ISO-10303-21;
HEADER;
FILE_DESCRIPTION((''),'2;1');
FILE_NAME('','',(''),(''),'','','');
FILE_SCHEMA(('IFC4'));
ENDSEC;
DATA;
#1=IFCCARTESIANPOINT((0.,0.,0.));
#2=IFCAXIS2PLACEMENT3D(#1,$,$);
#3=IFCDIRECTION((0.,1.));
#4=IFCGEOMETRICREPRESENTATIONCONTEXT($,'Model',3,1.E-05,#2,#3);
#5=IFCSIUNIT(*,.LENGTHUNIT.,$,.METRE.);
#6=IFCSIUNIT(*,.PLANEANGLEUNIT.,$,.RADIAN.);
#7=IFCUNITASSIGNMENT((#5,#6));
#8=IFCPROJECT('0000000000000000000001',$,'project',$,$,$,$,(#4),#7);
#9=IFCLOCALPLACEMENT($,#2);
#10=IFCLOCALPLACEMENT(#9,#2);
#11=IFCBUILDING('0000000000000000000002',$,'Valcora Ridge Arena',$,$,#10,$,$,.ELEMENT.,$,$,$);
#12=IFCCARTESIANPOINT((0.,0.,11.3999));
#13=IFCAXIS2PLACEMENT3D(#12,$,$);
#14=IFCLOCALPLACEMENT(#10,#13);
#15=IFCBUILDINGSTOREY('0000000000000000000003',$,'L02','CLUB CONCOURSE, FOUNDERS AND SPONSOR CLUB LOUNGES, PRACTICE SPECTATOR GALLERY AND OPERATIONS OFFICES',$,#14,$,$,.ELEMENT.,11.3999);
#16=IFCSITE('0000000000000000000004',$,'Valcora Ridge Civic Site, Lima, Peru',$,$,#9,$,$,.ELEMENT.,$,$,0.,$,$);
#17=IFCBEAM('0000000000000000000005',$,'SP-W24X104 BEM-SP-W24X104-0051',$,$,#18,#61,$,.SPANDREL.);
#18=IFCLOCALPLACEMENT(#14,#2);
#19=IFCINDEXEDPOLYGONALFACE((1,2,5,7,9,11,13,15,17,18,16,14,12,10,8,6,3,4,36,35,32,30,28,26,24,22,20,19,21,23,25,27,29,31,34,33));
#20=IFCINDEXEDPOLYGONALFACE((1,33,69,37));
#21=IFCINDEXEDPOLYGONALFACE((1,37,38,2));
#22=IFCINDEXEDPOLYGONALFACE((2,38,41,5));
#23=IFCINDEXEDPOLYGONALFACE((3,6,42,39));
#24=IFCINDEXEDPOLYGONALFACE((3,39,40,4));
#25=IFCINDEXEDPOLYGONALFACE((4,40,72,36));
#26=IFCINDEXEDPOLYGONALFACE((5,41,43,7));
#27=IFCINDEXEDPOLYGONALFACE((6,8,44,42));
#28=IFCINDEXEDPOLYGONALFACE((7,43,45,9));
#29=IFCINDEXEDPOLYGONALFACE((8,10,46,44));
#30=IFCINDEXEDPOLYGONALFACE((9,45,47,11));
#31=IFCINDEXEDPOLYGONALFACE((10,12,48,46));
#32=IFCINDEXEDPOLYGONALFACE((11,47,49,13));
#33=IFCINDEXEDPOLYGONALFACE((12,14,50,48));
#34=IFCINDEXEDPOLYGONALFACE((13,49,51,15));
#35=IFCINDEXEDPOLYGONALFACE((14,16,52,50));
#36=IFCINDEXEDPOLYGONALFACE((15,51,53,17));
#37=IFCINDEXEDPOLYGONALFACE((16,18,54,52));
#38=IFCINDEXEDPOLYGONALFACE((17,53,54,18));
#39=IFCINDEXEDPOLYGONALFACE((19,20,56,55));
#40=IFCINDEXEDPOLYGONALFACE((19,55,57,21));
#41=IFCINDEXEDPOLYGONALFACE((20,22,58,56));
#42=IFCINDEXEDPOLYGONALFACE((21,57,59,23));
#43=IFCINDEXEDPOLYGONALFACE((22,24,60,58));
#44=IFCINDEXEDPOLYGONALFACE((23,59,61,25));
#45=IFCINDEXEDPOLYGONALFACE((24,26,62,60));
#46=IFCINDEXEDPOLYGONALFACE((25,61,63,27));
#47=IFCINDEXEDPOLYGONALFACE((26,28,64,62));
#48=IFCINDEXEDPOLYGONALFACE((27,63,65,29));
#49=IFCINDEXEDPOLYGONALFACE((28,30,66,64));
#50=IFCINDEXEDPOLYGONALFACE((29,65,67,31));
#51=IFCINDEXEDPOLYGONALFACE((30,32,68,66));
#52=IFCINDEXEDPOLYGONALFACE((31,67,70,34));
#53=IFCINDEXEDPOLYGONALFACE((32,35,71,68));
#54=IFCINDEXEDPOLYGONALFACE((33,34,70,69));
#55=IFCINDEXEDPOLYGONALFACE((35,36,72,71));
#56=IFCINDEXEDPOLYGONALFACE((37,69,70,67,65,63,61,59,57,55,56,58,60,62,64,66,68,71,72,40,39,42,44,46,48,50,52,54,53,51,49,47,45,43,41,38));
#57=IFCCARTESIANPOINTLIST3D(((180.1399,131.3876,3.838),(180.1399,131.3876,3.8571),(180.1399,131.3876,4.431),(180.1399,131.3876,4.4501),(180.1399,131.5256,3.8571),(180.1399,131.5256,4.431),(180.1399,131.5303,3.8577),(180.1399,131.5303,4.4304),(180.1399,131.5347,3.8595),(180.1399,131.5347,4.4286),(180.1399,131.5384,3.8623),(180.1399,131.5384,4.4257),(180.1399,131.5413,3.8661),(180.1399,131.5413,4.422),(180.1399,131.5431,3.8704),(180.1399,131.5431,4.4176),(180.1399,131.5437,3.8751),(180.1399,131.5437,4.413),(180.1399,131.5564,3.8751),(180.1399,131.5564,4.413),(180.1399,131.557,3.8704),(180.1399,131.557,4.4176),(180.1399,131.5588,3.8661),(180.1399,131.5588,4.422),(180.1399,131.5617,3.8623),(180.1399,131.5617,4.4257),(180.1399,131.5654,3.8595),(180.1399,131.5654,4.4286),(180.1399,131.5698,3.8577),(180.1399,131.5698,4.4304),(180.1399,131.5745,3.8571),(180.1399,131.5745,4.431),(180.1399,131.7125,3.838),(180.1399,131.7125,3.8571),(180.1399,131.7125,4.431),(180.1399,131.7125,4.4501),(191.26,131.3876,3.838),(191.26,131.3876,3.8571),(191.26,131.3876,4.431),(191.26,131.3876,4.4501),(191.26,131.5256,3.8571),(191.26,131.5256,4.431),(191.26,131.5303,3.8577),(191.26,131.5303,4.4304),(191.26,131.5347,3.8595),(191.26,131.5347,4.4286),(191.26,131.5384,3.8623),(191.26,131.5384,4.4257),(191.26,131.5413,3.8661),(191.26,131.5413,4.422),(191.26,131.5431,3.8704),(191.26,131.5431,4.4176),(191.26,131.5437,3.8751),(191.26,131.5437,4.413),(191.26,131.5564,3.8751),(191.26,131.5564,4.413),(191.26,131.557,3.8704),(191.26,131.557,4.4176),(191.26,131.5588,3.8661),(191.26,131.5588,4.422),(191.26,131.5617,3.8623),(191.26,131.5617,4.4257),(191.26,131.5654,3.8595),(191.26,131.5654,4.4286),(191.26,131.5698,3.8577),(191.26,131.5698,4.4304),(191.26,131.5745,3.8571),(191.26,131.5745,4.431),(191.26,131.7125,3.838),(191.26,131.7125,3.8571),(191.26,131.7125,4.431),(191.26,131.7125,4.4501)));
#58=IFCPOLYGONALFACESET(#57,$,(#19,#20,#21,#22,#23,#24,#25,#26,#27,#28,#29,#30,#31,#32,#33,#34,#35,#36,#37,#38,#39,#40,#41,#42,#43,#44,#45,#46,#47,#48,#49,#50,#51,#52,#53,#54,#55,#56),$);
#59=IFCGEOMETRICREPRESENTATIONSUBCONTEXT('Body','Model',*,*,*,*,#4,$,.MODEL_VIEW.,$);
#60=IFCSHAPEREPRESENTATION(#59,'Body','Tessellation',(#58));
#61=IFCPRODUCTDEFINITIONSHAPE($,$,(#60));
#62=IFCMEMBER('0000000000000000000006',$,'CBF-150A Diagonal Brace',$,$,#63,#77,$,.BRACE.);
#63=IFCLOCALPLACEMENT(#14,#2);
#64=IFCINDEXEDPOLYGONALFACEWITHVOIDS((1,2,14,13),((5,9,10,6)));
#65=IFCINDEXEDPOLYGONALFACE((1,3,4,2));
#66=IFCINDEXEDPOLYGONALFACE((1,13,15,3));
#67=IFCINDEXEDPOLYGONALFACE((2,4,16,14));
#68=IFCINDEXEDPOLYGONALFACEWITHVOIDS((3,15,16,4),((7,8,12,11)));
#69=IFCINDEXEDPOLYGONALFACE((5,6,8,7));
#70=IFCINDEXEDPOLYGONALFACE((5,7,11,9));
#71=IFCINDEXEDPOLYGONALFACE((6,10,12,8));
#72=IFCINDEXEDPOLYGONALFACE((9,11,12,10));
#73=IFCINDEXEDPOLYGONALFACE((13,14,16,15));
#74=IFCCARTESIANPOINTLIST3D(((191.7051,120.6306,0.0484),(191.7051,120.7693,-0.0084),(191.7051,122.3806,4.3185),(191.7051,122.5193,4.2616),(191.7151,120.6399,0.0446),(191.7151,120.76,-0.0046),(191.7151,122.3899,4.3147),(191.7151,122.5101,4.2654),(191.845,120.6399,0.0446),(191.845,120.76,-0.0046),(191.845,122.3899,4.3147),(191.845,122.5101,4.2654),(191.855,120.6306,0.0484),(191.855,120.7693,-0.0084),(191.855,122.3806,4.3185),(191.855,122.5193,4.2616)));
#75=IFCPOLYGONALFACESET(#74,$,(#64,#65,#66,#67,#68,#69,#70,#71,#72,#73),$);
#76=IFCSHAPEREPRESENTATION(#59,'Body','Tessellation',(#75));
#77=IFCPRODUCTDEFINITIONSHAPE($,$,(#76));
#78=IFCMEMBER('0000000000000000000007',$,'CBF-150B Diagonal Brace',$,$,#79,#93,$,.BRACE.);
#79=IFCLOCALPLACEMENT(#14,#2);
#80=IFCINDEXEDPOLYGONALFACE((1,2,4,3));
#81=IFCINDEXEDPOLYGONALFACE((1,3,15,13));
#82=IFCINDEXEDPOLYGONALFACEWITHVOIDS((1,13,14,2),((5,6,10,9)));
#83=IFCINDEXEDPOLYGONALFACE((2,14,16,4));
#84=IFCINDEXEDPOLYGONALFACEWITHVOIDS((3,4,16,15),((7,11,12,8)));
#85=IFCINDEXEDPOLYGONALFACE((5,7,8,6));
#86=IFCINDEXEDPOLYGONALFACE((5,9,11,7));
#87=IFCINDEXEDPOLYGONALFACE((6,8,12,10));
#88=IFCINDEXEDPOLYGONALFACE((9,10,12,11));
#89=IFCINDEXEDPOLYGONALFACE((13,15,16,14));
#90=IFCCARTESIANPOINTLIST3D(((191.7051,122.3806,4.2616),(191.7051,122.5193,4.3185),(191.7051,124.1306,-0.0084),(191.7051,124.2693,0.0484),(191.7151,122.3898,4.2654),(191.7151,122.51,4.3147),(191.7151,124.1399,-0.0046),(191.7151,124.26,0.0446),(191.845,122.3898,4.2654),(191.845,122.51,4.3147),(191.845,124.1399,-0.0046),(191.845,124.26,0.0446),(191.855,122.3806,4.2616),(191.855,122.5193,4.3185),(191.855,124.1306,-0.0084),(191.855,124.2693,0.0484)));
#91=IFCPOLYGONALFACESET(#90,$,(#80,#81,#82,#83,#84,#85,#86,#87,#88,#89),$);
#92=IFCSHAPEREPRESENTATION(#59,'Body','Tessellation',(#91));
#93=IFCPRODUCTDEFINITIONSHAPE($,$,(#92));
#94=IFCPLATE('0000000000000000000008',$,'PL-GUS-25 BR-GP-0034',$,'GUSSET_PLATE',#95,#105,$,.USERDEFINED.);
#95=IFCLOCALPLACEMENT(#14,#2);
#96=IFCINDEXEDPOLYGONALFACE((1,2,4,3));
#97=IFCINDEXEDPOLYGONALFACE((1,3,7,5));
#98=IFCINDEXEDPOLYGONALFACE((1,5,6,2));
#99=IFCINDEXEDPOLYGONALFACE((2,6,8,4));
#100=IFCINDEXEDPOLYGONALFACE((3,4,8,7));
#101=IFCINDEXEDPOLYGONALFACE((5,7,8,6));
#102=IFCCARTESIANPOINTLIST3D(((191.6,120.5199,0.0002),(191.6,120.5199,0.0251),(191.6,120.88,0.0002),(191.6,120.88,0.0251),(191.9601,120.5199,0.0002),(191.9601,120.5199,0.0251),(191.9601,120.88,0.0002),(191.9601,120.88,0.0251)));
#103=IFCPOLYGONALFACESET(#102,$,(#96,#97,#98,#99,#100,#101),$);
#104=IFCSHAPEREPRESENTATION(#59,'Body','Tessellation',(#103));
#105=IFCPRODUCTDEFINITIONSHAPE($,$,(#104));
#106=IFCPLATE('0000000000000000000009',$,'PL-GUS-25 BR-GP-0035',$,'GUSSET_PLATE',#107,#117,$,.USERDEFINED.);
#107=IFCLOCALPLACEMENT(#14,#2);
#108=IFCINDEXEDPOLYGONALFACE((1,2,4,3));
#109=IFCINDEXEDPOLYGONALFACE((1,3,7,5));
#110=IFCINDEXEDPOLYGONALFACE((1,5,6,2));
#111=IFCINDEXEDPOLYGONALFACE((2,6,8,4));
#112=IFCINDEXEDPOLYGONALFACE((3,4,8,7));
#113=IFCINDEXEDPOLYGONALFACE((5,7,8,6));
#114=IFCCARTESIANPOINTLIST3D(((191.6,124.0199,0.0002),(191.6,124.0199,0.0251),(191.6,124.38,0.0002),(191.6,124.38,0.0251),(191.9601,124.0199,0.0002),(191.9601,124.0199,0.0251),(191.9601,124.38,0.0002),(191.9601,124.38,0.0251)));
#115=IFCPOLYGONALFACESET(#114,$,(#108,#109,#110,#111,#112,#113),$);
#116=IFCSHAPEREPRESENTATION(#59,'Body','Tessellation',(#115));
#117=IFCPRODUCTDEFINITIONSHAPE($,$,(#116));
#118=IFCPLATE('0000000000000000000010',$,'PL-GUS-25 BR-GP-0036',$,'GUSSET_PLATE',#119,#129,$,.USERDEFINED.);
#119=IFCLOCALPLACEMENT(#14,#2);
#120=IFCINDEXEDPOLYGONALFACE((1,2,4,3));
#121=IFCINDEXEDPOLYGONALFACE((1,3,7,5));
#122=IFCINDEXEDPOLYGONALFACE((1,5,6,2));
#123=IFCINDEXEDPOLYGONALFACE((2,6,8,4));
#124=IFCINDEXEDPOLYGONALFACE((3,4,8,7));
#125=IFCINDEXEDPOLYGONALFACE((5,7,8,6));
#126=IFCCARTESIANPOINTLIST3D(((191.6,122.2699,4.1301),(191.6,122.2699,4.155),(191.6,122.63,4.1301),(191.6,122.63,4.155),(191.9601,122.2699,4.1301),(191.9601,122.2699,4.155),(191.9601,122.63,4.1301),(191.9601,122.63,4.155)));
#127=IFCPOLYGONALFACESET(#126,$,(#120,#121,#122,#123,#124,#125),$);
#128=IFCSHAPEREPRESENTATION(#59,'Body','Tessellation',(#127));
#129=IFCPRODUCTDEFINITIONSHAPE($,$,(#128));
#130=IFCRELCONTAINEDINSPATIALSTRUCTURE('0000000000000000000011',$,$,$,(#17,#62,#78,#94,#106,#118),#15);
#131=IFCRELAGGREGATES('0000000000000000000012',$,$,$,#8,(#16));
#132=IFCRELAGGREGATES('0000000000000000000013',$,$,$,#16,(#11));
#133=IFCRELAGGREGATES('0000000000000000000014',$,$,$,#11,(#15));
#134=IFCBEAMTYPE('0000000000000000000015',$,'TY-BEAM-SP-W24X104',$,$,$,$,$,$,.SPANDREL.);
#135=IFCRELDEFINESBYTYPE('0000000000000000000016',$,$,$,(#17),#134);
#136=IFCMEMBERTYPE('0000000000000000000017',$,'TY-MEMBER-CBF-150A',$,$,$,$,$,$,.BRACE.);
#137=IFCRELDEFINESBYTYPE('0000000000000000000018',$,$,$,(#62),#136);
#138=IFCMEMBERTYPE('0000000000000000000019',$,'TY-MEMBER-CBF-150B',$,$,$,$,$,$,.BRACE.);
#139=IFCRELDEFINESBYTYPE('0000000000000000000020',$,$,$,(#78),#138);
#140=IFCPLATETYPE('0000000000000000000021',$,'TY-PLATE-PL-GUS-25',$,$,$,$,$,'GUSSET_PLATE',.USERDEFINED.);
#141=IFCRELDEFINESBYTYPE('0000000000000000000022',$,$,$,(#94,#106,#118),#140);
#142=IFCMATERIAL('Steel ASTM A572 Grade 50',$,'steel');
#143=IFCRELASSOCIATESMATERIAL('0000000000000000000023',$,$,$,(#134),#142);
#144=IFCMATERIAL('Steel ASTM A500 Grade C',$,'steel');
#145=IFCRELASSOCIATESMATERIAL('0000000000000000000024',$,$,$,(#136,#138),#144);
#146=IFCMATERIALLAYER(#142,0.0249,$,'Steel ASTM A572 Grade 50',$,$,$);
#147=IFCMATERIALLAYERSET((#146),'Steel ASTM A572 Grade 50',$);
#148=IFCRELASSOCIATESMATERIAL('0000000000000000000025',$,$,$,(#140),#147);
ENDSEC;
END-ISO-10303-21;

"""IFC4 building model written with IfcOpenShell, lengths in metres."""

from ifc_helpers import new_model, si_unit, direction, frame, origin, origin_2d, place, context, subcontext, project, spatial, rectangle, hollow_rectangle, i_section, extrude, material, layer, layer_set, material_profile, profile_set, type_object, element, save


model = new_model("IFC4")

# Units and contexts
model_context = context("Model", 3, precision=1e-05, world=origin(), true_north=direction((0.0, 1.0)))
body_context = subcontext(model_context, "Body", "Model", "MODEL_VIEW")
ifc_project = project(units=[si_unit("LENGTHUNIT", "METRE"), si_unit("PLANEANGLEUNIT", "RADIAN")], contexts=[model_context])

# Site, building, storey
site_placement = place(None, origin())
site = spatial("IfcSite", under=ifc_project, at=site_placement, Name="Valcora Ridge Civic Site, Lima, Peru", CompositionType="ELEMENT", RefElevation=0.0)
building_placement = place(site_placement, origin())
building = spatial("IfcBuilding", under=site, at=building_placement, Name="Valcora Ridge Arena", CompositionType="ELEMENT")
storey_placement = place(building_placement, frame((0.0, 0.0, 11.3999)))
storey = spatial("IfcBuildingStorey", under=building, at=storey_placement, Name="L02", Description="CLUB CONCOURSE, FOUNDERS AND SPONSOR CLUB LOUNGES, PRACTICE SPECTATOR GALLERY AND OPERATIONS OFFICES", CompositionType="ELEMENT", Elevation=11.3999)

# Shared definitions
ifc_material_1 = material(Name="Steel ASTM A500 Grade C", Category="steel")

# Beam
ifc_material_2 = material(Name="Steel ASTM A572 Grade 50", Category="steel")
ifc_material_profile_1 = material_profile(ifc_material_2, i_section(OverallWidth=0.325, OverallDepth=0.6121, WebThickness=0.0127, FlangeThickness=0.019, FilletRadius=0.0181, at=origin_2d()), Name="W24X104")
ifc_profile_set_1 = profile_set([ifc_material_profile_1], Name="Steel ASTM A572 Grade 50")
beam_type_1 = type_object("IfcBeamType", Name="TY-BEAM-SP-W24X104", PredefinedType="SPANDREL", material=ifc_profile_set_1)
beam_1_placement = place(storey_placement, frame((180.1399, 131.55, 4.144), z_axis=(1.0, 0.0, 0.0), x_axis=(0.0, 1.0, 0.0)))
element("IfcBeam", 1, at=beam_1_placement, inside=storey, type_object=beam_type_1, Name="SP-W24X104 BEM-SP-W24X104-0051", PredefinedType="SPANDREL", context=body_context, shape_type="SweptSolid", body=[
    extrude(i_section(OverallWidth=0.325, OverallDepth=0.6121, WebThickness=0.0127, FlangeThickness=0.019, FilletRadius=0.0181, at=origin_2d()), origin(), (0.0, 0.0, 1.0), 11.1201),
])

# Members
ifc_material_profile_2 = material_profile(ifc_material_1, hollow_rectangle(XDim=0.1499, YDim=0.1499, WallThickness=0.01, at=origin_2d()), Name="HSS150X150X10")
ifc_profile_set_2 = profile_set([ifc_material_profile_2], Name="Steel ASTM A500 Grade C")
member_type_1 = type_object("IfcMemberType", Name="TY-MEMBER-CBF-150A", PredefinedType="BRACE", material=ifc_profile_set_2)
member_1_placement = place(storey_placement, frame((191.78, 120.7, 0.02), z_axis=(0.0, 0.379222, 0.925306), x_axis=(-1.0, 0.0, 0.0)))
element("IfcMember", 2, at=member_1_placement, inside=storey, type_object=member_type_1, Name="CBF-150A Diagonal Brace", PredefinedType="BRACE", context=body_context, shape_type="SweptSolid", body=[
    extrude(hollow_rectangle(XDim=0.1499, YDim=0.1499, WallThickness=0.01, at=origin_2d()), origin(), (0.0, 0.0, 1.0), 4.6147),
])
ifc_material_profile_3 = material_profile(ifc_material_1, hollow_rectangle(XDim=0.1499, YDim=0.1499, WallThickness=0.01, at=origin_2d()), Name="HSS150X150X10")
ifc_profile_set_3 = profile_set([ifc_material_profile_3], Name="Steel ASTM A500 Grade C")
member_type_2 = type_object("IfcMemberType", Name="TY-MEMBER-CBF-150B", PredefinedType="BRACE", material=ifc_profile_set_3)
member_2_placement = place(storey_placement, frame((191.78, 124.2, 0.02), z_axis=(0.0, -0.379222, 0.925306), x_axis=(1.0, 0.0, 0.0)))
element("IfcMember", 3, at=member_2_placement, inside=storey, type_object=member_type_2, Name="CBF-150B Diagonal Brace", PredefinedType="BRACE", context=body_context, shape_type="SweptSolid", body=[
    extrude(hollow_rectangle(XDim=0.1499, YDim=0.1499, WallThickness=0.01, at=origin_2d()), origin(), (0.0, 0.0, 1.0), 4.6147),
])

# Plates
ifc_layer_1 = layer(ifc_material_2, 0.0249, Name="Steel ASTM A572 Grade 50")
ifc_layer_set_1 = layer_set([ifc_layer_1], Name="Steel ASTM A572 Grade 50")
plate_type = type_object("IfcPlateType", Name="TY-PLATE-PL-GUS-25", ElementType="GUSSET_PLATE", PredefinedType="USERDEFINED", material=ifc_layer_set_1)
for number, where, z_axis, x_axis, name in (
    (4, (191.78, 120.7, 0.0002), (0.0, 0.0, 1.0), (1.0, 0.0, 0.0), "PL-GUS-25 BR-GP-0034"),
    (5, (191.78, 124.2, 0.0002), (0.0, 0.0, 1.0), (1.0, 0.0, 0.0), "PL-GUS-25 BR-GP-0035"),
    (6, (191.78, 122.45, 4.1301), (0.0, 0.0, 1.0), (1.0, 0.0, 0.0), "PL-GUS-25 BR-GP-0036"),
):
    element("IfcPlate", number, at=place(storey_placement, frame(where, z_axis=z_axis, x_axis=x_axis)), inside=storey, type_object=plate_type, Name=name, ObjectType="GUSSET_PLATE", PredefinedType="USERDEFINED", context=body_context, shape_type="SweptSolid", body=[
        extrude(rectangle(XDim=0.3601, YDim=0.3601, at=origin_2d()), origin(), (0.0, 0.0, 1.0), 0.0249),
    ])

save(model, "model.ifc")
